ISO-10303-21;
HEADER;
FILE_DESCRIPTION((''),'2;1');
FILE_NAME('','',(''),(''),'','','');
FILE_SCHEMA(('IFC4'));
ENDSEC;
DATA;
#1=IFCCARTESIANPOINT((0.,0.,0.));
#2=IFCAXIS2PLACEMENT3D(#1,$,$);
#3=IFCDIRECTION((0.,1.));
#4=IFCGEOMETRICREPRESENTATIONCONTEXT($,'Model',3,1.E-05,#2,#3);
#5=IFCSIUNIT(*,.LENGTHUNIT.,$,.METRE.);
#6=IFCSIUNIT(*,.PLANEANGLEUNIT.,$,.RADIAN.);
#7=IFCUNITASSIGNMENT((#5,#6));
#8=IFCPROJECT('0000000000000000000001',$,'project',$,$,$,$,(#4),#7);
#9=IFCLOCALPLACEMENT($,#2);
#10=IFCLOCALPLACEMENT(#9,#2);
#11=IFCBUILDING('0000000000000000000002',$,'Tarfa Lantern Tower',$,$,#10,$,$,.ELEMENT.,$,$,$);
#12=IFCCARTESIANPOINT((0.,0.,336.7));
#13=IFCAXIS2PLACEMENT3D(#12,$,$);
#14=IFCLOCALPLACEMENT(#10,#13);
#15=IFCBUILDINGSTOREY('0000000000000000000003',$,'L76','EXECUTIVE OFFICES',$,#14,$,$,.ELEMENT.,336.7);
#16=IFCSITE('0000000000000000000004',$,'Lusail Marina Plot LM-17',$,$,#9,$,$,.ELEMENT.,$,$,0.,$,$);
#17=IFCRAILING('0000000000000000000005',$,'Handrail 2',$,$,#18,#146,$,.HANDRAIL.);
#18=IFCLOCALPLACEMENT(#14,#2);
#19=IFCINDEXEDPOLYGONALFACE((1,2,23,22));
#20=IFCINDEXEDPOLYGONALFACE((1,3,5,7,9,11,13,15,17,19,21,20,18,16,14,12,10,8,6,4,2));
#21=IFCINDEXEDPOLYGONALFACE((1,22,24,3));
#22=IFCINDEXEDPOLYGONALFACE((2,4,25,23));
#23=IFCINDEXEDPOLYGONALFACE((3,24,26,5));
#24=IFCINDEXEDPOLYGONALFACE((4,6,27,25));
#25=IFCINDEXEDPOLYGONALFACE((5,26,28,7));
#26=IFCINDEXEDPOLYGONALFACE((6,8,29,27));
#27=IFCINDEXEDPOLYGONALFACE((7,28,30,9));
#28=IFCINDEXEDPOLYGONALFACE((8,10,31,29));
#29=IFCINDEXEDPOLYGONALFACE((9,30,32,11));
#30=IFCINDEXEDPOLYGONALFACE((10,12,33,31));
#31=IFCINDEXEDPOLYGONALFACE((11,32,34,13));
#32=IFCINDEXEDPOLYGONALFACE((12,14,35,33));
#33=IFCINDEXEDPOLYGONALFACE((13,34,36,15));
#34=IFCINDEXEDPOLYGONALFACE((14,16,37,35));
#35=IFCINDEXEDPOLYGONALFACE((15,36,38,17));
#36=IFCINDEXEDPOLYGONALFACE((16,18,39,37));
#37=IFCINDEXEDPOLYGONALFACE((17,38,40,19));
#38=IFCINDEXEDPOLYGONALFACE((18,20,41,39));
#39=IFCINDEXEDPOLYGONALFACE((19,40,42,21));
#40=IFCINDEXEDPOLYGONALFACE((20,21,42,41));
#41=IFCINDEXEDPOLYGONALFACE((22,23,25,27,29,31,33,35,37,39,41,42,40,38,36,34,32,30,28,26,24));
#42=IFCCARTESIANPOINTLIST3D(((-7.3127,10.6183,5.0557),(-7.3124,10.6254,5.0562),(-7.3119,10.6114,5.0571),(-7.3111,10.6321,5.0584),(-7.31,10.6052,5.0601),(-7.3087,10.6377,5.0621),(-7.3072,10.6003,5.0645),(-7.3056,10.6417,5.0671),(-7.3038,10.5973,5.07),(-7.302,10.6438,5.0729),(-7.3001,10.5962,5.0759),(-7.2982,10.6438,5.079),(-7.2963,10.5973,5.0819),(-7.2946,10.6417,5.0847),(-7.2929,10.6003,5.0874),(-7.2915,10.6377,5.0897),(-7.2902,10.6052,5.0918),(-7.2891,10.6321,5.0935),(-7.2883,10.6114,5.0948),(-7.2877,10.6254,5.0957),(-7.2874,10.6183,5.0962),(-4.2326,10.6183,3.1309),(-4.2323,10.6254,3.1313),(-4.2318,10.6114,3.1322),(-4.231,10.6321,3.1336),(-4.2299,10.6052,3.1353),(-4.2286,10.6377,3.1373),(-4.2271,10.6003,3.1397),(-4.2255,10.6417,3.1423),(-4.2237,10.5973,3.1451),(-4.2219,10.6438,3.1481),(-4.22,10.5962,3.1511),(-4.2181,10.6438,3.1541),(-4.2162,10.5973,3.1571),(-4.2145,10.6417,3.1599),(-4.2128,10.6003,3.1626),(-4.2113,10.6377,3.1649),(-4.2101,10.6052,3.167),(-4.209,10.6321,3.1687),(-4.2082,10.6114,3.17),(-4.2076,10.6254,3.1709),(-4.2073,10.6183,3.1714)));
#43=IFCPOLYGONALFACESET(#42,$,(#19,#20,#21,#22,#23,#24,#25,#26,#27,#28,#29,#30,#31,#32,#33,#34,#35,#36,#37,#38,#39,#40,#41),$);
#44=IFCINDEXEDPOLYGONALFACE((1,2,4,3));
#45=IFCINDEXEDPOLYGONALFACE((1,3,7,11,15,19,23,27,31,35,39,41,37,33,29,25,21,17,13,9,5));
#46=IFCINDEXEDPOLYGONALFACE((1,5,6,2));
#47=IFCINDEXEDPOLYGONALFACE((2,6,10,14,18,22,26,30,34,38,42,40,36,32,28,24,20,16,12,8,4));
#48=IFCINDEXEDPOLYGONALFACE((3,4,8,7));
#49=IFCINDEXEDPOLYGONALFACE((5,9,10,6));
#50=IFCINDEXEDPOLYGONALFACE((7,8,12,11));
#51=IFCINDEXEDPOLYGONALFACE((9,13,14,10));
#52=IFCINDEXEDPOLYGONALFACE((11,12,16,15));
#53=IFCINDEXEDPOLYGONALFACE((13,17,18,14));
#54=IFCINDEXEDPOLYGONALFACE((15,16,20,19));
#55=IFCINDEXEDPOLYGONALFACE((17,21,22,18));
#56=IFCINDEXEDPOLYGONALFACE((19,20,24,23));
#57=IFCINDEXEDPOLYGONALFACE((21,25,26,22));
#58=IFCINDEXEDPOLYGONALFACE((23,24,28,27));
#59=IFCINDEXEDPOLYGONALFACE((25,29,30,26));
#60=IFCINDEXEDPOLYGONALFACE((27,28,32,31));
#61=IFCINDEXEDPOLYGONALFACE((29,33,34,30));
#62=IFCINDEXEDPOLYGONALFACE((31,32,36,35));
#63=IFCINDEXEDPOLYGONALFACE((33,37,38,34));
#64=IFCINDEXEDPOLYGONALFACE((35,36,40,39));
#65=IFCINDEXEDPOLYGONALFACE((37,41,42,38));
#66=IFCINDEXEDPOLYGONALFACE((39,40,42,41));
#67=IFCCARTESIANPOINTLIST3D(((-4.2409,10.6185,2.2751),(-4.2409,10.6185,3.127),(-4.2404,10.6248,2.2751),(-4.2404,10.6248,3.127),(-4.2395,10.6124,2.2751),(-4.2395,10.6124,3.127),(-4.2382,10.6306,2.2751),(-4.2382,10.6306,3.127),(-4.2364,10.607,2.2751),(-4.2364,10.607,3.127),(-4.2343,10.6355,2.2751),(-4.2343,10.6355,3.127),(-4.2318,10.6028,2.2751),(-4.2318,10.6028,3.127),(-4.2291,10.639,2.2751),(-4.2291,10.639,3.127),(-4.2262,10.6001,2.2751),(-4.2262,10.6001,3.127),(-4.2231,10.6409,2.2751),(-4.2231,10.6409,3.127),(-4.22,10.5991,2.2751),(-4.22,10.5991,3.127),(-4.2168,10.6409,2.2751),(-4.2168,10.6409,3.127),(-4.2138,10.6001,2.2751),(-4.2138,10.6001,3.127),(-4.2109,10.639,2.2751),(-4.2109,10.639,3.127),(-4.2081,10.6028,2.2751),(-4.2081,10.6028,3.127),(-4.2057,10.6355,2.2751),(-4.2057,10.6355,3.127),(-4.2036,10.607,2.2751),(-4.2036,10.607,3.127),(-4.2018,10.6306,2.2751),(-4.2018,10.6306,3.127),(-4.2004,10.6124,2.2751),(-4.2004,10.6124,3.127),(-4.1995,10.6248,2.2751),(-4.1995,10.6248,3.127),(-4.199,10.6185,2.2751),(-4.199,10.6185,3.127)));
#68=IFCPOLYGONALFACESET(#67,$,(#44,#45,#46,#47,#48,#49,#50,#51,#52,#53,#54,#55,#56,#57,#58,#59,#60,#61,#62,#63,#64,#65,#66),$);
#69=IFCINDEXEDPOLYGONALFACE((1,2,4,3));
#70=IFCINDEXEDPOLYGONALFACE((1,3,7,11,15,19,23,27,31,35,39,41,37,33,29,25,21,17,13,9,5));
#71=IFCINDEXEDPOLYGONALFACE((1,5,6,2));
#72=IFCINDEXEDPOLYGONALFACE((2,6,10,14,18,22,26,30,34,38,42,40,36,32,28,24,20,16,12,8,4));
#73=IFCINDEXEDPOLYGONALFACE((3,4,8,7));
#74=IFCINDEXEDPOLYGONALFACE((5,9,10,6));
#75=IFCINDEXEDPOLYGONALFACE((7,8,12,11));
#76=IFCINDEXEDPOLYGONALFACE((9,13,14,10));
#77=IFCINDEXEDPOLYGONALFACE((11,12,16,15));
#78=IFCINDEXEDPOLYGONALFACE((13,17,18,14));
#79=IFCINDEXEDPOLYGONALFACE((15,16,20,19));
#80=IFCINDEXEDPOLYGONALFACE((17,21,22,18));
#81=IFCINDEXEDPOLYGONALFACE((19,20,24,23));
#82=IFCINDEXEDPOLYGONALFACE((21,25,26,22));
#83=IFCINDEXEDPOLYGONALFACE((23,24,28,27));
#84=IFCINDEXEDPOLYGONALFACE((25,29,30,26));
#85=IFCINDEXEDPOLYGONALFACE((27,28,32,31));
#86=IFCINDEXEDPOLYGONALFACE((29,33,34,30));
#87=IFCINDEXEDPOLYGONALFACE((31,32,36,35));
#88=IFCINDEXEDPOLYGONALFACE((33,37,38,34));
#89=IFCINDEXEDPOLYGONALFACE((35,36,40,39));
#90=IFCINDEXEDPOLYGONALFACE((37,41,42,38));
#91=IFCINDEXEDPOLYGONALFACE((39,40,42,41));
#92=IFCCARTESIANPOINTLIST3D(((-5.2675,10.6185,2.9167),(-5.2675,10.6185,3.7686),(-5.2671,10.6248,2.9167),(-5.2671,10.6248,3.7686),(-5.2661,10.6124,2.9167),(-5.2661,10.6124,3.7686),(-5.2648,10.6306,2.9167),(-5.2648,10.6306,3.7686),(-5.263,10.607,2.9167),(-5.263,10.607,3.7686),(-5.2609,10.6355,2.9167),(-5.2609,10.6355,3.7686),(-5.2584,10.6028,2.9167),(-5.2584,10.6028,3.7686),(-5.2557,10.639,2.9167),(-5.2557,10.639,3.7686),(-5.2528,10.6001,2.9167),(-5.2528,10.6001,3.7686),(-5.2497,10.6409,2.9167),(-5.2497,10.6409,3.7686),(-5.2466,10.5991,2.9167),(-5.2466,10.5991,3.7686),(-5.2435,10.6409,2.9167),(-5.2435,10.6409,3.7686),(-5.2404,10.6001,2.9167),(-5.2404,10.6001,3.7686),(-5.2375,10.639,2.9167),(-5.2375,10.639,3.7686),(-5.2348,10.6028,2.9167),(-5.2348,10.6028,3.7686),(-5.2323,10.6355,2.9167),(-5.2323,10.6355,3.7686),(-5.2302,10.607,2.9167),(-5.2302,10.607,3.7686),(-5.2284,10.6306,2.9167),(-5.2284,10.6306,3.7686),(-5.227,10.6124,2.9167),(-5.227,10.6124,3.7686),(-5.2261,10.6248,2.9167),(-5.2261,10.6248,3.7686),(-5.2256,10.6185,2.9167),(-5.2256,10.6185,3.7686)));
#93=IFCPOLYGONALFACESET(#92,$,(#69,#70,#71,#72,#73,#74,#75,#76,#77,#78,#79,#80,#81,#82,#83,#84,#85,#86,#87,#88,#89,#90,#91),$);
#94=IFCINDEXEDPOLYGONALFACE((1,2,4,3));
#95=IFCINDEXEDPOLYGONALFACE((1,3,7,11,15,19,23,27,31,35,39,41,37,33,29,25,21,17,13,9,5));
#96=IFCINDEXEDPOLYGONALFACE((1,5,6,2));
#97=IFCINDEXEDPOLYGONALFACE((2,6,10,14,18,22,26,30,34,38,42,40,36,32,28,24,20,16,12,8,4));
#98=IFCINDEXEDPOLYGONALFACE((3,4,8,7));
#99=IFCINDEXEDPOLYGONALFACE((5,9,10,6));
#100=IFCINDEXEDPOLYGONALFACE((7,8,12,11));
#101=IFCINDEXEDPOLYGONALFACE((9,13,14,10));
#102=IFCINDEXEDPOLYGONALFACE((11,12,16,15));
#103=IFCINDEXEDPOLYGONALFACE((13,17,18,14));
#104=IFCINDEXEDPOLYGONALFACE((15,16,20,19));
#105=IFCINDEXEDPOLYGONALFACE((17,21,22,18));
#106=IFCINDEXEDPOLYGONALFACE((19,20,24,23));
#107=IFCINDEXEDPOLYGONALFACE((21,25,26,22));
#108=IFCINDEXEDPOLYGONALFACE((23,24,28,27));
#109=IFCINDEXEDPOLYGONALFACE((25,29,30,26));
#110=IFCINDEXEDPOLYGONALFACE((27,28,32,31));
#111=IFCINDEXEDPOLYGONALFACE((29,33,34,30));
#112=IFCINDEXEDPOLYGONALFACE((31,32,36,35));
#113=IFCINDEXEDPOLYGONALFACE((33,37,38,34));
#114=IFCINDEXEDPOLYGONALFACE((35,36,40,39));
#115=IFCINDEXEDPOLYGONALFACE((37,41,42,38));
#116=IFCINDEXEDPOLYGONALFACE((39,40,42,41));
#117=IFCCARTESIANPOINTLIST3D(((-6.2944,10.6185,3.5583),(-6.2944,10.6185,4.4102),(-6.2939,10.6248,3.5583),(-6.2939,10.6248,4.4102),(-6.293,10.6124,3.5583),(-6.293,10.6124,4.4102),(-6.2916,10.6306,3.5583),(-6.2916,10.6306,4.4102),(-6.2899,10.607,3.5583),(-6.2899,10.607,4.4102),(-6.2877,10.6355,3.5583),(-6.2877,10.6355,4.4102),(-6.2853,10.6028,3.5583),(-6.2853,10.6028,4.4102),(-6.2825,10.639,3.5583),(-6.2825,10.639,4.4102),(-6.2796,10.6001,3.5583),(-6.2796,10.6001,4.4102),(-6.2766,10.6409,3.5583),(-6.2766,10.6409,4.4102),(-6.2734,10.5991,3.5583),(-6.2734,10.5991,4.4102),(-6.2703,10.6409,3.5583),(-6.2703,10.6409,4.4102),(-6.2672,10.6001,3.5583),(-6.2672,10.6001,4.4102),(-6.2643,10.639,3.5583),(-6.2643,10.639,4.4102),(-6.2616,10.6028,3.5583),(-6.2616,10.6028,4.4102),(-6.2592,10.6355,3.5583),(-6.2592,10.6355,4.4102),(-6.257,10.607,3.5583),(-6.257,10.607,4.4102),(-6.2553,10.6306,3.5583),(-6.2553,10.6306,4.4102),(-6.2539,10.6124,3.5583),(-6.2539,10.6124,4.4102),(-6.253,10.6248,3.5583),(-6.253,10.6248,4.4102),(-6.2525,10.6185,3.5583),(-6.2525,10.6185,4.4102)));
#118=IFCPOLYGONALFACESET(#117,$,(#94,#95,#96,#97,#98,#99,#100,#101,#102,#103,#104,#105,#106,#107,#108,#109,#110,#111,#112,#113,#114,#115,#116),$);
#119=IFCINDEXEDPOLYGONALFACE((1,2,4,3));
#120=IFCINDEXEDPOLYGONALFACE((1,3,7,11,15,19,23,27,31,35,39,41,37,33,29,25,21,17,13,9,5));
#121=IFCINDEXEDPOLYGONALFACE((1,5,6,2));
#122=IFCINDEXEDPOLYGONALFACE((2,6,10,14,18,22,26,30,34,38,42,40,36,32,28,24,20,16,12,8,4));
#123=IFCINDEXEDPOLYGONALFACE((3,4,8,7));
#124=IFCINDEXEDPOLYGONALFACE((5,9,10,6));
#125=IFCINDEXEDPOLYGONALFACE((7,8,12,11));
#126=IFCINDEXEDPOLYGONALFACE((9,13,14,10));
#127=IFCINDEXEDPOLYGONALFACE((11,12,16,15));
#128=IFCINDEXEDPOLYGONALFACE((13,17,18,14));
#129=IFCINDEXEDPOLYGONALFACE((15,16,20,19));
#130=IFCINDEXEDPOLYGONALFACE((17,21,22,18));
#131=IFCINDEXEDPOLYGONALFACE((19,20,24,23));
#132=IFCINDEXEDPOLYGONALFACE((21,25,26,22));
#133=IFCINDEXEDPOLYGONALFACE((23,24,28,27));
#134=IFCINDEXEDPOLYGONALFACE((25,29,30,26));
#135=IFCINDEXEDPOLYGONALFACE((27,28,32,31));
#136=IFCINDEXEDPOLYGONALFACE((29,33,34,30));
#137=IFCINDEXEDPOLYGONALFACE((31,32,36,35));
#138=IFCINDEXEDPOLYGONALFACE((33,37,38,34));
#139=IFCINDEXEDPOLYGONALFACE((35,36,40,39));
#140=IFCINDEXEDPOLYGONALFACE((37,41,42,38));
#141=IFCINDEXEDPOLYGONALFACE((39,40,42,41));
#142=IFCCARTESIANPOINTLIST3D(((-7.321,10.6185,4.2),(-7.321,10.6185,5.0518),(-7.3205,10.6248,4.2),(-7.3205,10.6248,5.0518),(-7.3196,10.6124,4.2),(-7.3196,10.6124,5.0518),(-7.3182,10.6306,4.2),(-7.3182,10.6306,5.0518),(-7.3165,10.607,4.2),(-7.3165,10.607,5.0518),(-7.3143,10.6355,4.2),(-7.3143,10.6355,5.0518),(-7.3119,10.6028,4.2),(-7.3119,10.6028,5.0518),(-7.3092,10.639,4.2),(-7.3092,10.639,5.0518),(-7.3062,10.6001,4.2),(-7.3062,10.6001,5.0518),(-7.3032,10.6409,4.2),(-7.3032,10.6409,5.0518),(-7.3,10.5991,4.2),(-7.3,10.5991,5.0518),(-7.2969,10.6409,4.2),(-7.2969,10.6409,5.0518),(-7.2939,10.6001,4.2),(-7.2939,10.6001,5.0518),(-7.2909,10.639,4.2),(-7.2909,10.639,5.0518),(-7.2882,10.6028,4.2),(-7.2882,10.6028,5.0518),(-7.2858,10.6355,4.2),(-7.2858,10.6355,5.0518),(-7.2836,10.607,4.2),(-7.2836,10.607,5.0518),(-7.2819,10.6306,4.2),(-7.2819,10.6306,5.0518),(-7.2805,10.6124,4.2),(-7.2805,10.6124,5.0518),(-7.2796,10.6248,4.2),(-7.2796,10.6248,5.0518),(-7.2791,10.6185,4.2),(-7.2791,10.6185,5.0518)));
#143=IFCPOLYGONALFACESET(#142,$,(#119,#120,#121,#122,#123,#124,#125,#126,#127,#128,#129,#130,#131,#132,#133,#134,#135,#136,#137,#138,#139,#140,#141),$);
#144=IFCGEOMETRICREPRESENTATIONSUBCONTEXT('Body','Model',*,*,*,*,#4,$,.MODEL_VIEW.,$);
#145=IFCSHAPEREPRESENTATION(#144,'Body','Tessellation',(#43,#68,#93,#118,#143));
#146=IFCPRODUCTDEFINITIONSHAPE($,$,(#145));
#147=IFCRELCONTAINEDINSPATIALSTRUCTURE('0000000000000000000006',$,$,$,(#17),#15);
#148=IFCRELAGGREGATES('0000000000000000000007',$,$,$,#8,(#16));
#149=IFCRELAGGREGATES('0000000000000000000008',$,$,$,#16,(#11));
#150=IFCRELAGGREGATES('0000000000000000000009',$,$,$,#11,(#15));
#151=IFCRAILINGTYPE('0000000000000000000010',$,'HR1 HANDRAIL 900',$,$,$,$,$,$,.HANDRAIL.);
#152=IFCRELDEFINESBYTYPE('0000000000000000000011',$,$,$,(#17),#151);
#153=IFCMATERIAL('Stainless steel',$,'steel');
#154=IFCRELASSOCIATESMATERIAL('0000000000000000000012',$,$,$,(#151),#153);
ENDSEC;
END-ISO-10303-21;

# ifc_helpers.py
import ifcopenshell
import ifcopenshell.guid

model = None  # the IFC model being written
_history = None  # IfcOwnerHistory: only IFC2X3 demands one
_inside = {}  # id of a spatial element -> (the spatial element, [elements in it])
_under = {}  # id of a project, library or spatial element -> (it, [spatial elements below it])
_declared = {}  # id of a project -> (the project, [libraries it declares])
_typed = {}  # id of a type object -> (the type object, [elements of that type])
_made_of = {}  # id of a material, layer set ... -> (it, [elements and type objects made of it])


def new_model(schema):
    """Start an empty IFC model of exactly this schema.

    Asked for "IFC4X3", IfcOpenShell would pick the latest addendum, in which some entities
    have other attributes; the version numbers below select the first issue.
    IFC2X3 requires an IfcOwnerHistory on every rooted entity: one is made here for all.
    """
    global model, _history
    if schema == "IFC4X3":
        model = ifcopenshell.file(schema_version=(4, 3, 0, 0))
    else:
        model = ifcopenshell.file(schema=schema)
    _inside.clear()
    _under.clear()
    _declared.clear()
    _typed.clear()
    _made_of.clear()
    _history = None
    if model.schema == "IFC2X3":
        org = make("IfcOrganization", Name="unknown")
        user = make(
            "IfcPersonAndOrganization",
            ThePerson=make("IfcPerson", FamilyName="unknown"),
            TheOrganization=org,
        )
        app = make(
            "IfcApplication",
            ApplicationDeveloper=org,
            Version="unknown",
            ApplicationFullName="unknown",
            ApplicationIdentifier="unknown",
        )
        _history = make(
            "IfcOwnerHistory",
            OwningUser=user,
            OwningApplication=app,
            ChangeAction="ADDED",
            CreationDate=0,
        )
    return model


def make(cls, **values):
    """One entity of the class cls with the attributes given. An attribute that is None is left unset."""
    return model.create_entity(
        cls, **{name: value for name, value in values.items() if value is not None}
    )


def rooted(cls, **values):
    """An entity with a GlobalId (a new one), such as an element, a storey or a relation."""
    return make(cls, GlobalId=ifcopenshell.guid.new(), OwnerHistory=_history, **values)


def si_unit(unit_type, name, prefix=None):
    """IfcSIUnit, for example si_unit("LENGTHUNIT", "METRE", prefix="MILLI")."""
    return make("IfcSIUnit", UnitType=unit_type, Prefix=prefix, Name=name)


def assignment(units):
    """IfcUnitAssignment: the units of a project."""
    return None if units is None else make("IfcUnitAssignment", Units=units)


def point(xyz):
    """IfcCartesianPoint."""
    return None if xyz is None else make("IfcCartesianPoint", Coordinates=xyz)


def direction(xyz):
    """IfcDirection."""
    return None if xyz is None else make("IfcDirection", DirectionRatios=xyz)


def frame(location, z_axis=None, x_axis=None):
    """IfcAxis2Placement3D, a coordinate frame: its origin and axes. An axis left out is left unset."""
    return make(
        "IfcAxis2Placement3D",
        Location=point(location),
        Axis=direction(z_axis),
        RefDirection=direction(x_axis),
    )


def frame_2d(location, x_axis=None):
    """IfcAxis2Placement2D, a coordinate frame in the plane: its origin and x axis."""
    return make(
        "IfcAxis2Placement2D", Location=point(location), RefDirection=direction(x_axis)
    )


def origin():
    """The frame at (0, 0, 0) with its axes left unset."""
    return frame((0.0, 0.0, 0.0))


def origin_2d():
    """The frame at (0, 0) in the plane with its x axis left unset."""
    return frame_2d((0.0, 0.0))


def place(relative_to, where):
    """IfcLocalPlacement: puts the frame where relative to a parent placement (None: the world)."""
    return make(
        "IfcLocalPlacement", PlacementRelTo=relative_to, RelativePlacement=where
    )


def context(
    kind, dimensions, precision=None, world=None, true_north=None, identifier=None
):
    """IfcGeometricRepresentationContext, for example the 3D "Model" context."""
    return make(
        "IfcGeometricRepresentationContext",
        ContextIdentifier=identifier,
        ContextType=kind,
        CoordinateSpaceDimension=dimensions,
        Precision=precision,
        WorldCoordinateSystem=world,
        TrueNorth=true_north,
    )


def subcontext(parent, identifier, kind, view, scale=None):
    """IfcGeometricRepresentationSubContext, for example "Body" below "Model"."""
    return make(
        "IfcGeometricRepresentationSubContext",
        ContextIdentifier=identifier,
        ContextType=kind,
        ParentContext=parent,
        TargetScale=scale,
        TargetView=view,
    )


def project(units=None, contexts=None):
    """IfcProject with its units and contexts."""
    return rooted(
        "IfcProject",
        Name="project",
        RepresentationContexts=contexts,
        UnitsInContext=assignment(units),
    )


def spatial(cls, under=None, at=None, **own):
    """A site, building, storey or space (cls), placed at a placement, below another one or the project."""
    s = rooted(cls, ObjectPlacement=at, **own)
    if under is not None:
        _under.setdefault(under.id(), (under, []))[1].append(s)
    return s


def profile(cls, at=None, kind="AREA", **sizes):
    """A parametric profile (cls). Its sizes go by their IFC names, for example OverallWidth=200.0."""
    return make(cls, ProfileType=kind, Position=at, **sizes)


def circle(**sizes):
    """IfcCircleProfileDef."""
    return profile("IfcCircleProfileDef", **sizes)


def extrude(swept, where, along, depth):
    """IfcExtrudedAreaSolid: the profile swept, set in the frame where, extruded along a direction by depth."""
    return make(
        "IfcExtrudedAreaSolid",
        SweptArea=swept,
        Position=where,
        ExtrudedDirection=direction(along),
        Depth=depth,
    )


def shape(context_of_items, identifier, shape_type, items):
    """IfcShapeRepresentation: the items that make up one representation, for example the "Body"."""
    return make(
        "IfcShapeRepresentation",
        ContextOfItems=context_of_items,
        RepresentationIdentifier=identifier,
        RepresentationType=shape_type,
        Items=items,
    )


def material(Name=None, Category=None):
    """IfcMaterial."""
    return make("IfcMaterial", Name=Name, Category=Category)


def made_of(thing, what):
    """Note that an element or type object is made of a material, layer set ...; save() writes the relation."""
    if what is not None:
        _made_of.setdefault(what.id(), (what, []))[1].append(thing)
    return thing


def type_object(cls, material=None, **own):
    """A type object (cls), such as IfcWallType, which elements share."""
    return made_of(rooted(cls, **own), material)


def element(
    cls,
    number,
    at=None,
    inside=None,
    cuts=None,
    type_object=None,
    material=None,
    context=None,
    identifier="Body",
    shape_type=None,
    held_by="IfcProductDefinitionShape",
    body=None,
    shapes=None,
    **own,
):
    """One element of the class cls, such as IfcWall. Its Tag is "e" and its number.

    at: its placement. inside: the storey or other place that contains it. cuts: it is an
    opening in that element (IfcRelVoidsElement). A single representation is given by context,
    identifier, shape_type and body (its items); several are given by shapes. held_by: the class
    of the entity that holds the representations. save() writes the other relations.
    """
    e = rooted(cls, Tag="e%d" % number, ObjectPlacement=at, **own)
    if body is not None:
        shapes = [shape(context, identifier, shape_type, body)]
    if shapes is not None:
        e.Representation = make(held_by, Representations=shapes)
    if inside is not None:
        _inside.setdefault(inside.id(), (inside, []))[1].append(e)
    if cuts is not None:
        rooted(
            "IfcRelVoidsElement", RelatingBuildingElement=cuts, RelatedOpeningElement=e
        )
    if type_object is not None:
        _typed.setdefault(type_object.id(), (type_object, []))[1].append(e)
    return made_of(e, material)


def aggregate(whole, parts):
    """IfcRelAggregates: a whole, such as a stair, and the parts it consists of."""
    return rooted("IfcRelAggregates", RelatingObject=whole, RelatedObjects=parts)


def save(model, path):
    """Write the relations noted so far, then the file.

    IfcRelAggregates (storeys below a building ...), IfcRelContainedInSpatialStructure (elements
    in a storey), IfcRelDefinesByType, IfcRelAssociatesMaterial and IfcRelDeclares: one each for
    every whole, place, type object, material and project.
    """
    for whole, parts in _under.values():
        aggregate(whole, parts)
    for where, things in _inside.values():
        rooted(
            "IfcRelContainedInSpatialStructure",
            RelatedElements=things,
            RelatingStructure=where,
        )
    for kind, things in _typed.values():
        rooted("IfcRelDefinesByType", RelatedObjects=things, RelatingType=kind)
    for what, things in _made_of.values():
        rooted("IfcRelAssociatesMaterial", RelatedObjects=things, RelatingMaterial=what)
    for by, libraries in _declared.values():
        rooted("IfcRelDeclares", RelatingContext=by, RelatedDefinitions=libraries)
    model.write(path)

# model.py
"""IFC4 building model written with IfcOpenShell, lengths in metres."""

from ifc_helpers import new_model, si_unit, direction, frame, origin, origin_2d, place, context, subcontext, project, spatial, circle, extrude, material, type_object, element, save


model = new_model("IFC4")

# Units and contexts
model_context = context("Model", 3, precision=1e-05, world=origin(), true_north=direction((0.0, 1.0)))
body_context = subcontext(model_context, "Body", "Model", "MODEL_VIEW")
ifc_project = project(units=[si_unit("LENGTHUNIT", "METRE"), si_unit("PLANEANGLEUNIT", "RADIAN")], contexts=[model_context])

# Site, building, storey
site_placement = place(None, origin())
site = spatial("IfcSite", under=ifc_project, at=site_placement, Name="Lusail Marina Plot LM-17", CompositionType="ELEMENT", RefElevation=0.0)
building_placement = place(site_placement, origin())
building = spatial("IfcBuilding", under=site, at=building_placement, Name="Tarfa Lantern Tower", CompositionType="ELEMENT")
storey_placement = place(building_placement, frame((0.0, 0.0, 336.7)))
storey = spatial("IfcBuildingStorey", under=building, at=storey_placement, Name="L76", Description="EXECUTIVE OFFICES", CompositionType="ELEMENT", Elevation=336.7)

# Railing
ifc_material_1 = material(Name="Stainless steel", Category="steel")
railing_type = type_object("IfcRailingType", Name="HR1 HANDRAIL 900", PredefinedType="HANDRAIL", material=ifc_material_1)
railing_1_placement = place(storey_placement, frame((-4.22, 10.6201, 2.2751)))
element("IfcRailing", 1, at=railing_1_placement, inside=storey, type_object=railing_type, Name="Handrail 2", PredefinedType="HANDRAIL", context=body_context, shape_type="SweptSolid", body=[
    extrude(circle(Radius=0.0239, at=origin_2d()), frame((0.0, 0.0, 0.876), z_axis=(-0.848029, 0.0, 0.529951), x_axis=(0.0, -1.0, 0.0)), (0.0, 0.0, 1.0), 3.6321),
    extrude(circle(Radius=0.021, at=origin_2d()), frame((0.0, 0.0, 0.0), z_axis=(0.0, 0.0, 1.0), x_axis=(0.0, -1.0, 0.0)), (0.0, 0.0, 1.0), 0.8518),
    extrude(circle(Radius=0.021, at=origin_2d()), frame((-1.0266, 0.0, 0.6416), z_axis=(0.0, 0.0, 1.0), x_axis=(0.0, -1.0, 0.0)), (0.0, 0.0, 1.0), 0.8518),
    extrude(circle(Radius=0.021, at=origin_2d()), frame((-2.0535, 0.0, 1.2832), z_axis=(0.0, 0.0, 1.0), x_axis=(0.0, -1.0, 0.0)), (0.0, 0.0, 1.0), 0.8518),
    extrude(circle(Radius=0.021, at=origin_2d()), frame((-3.0801, 0.0, 1.9248), z_axis=(0.0, 0.0, 1.0), x_axis=(0.0, -1.0, 0.0)), (0.0, 0.0, 1.0), 0.8518),
])

save(model, "model.ifc")
